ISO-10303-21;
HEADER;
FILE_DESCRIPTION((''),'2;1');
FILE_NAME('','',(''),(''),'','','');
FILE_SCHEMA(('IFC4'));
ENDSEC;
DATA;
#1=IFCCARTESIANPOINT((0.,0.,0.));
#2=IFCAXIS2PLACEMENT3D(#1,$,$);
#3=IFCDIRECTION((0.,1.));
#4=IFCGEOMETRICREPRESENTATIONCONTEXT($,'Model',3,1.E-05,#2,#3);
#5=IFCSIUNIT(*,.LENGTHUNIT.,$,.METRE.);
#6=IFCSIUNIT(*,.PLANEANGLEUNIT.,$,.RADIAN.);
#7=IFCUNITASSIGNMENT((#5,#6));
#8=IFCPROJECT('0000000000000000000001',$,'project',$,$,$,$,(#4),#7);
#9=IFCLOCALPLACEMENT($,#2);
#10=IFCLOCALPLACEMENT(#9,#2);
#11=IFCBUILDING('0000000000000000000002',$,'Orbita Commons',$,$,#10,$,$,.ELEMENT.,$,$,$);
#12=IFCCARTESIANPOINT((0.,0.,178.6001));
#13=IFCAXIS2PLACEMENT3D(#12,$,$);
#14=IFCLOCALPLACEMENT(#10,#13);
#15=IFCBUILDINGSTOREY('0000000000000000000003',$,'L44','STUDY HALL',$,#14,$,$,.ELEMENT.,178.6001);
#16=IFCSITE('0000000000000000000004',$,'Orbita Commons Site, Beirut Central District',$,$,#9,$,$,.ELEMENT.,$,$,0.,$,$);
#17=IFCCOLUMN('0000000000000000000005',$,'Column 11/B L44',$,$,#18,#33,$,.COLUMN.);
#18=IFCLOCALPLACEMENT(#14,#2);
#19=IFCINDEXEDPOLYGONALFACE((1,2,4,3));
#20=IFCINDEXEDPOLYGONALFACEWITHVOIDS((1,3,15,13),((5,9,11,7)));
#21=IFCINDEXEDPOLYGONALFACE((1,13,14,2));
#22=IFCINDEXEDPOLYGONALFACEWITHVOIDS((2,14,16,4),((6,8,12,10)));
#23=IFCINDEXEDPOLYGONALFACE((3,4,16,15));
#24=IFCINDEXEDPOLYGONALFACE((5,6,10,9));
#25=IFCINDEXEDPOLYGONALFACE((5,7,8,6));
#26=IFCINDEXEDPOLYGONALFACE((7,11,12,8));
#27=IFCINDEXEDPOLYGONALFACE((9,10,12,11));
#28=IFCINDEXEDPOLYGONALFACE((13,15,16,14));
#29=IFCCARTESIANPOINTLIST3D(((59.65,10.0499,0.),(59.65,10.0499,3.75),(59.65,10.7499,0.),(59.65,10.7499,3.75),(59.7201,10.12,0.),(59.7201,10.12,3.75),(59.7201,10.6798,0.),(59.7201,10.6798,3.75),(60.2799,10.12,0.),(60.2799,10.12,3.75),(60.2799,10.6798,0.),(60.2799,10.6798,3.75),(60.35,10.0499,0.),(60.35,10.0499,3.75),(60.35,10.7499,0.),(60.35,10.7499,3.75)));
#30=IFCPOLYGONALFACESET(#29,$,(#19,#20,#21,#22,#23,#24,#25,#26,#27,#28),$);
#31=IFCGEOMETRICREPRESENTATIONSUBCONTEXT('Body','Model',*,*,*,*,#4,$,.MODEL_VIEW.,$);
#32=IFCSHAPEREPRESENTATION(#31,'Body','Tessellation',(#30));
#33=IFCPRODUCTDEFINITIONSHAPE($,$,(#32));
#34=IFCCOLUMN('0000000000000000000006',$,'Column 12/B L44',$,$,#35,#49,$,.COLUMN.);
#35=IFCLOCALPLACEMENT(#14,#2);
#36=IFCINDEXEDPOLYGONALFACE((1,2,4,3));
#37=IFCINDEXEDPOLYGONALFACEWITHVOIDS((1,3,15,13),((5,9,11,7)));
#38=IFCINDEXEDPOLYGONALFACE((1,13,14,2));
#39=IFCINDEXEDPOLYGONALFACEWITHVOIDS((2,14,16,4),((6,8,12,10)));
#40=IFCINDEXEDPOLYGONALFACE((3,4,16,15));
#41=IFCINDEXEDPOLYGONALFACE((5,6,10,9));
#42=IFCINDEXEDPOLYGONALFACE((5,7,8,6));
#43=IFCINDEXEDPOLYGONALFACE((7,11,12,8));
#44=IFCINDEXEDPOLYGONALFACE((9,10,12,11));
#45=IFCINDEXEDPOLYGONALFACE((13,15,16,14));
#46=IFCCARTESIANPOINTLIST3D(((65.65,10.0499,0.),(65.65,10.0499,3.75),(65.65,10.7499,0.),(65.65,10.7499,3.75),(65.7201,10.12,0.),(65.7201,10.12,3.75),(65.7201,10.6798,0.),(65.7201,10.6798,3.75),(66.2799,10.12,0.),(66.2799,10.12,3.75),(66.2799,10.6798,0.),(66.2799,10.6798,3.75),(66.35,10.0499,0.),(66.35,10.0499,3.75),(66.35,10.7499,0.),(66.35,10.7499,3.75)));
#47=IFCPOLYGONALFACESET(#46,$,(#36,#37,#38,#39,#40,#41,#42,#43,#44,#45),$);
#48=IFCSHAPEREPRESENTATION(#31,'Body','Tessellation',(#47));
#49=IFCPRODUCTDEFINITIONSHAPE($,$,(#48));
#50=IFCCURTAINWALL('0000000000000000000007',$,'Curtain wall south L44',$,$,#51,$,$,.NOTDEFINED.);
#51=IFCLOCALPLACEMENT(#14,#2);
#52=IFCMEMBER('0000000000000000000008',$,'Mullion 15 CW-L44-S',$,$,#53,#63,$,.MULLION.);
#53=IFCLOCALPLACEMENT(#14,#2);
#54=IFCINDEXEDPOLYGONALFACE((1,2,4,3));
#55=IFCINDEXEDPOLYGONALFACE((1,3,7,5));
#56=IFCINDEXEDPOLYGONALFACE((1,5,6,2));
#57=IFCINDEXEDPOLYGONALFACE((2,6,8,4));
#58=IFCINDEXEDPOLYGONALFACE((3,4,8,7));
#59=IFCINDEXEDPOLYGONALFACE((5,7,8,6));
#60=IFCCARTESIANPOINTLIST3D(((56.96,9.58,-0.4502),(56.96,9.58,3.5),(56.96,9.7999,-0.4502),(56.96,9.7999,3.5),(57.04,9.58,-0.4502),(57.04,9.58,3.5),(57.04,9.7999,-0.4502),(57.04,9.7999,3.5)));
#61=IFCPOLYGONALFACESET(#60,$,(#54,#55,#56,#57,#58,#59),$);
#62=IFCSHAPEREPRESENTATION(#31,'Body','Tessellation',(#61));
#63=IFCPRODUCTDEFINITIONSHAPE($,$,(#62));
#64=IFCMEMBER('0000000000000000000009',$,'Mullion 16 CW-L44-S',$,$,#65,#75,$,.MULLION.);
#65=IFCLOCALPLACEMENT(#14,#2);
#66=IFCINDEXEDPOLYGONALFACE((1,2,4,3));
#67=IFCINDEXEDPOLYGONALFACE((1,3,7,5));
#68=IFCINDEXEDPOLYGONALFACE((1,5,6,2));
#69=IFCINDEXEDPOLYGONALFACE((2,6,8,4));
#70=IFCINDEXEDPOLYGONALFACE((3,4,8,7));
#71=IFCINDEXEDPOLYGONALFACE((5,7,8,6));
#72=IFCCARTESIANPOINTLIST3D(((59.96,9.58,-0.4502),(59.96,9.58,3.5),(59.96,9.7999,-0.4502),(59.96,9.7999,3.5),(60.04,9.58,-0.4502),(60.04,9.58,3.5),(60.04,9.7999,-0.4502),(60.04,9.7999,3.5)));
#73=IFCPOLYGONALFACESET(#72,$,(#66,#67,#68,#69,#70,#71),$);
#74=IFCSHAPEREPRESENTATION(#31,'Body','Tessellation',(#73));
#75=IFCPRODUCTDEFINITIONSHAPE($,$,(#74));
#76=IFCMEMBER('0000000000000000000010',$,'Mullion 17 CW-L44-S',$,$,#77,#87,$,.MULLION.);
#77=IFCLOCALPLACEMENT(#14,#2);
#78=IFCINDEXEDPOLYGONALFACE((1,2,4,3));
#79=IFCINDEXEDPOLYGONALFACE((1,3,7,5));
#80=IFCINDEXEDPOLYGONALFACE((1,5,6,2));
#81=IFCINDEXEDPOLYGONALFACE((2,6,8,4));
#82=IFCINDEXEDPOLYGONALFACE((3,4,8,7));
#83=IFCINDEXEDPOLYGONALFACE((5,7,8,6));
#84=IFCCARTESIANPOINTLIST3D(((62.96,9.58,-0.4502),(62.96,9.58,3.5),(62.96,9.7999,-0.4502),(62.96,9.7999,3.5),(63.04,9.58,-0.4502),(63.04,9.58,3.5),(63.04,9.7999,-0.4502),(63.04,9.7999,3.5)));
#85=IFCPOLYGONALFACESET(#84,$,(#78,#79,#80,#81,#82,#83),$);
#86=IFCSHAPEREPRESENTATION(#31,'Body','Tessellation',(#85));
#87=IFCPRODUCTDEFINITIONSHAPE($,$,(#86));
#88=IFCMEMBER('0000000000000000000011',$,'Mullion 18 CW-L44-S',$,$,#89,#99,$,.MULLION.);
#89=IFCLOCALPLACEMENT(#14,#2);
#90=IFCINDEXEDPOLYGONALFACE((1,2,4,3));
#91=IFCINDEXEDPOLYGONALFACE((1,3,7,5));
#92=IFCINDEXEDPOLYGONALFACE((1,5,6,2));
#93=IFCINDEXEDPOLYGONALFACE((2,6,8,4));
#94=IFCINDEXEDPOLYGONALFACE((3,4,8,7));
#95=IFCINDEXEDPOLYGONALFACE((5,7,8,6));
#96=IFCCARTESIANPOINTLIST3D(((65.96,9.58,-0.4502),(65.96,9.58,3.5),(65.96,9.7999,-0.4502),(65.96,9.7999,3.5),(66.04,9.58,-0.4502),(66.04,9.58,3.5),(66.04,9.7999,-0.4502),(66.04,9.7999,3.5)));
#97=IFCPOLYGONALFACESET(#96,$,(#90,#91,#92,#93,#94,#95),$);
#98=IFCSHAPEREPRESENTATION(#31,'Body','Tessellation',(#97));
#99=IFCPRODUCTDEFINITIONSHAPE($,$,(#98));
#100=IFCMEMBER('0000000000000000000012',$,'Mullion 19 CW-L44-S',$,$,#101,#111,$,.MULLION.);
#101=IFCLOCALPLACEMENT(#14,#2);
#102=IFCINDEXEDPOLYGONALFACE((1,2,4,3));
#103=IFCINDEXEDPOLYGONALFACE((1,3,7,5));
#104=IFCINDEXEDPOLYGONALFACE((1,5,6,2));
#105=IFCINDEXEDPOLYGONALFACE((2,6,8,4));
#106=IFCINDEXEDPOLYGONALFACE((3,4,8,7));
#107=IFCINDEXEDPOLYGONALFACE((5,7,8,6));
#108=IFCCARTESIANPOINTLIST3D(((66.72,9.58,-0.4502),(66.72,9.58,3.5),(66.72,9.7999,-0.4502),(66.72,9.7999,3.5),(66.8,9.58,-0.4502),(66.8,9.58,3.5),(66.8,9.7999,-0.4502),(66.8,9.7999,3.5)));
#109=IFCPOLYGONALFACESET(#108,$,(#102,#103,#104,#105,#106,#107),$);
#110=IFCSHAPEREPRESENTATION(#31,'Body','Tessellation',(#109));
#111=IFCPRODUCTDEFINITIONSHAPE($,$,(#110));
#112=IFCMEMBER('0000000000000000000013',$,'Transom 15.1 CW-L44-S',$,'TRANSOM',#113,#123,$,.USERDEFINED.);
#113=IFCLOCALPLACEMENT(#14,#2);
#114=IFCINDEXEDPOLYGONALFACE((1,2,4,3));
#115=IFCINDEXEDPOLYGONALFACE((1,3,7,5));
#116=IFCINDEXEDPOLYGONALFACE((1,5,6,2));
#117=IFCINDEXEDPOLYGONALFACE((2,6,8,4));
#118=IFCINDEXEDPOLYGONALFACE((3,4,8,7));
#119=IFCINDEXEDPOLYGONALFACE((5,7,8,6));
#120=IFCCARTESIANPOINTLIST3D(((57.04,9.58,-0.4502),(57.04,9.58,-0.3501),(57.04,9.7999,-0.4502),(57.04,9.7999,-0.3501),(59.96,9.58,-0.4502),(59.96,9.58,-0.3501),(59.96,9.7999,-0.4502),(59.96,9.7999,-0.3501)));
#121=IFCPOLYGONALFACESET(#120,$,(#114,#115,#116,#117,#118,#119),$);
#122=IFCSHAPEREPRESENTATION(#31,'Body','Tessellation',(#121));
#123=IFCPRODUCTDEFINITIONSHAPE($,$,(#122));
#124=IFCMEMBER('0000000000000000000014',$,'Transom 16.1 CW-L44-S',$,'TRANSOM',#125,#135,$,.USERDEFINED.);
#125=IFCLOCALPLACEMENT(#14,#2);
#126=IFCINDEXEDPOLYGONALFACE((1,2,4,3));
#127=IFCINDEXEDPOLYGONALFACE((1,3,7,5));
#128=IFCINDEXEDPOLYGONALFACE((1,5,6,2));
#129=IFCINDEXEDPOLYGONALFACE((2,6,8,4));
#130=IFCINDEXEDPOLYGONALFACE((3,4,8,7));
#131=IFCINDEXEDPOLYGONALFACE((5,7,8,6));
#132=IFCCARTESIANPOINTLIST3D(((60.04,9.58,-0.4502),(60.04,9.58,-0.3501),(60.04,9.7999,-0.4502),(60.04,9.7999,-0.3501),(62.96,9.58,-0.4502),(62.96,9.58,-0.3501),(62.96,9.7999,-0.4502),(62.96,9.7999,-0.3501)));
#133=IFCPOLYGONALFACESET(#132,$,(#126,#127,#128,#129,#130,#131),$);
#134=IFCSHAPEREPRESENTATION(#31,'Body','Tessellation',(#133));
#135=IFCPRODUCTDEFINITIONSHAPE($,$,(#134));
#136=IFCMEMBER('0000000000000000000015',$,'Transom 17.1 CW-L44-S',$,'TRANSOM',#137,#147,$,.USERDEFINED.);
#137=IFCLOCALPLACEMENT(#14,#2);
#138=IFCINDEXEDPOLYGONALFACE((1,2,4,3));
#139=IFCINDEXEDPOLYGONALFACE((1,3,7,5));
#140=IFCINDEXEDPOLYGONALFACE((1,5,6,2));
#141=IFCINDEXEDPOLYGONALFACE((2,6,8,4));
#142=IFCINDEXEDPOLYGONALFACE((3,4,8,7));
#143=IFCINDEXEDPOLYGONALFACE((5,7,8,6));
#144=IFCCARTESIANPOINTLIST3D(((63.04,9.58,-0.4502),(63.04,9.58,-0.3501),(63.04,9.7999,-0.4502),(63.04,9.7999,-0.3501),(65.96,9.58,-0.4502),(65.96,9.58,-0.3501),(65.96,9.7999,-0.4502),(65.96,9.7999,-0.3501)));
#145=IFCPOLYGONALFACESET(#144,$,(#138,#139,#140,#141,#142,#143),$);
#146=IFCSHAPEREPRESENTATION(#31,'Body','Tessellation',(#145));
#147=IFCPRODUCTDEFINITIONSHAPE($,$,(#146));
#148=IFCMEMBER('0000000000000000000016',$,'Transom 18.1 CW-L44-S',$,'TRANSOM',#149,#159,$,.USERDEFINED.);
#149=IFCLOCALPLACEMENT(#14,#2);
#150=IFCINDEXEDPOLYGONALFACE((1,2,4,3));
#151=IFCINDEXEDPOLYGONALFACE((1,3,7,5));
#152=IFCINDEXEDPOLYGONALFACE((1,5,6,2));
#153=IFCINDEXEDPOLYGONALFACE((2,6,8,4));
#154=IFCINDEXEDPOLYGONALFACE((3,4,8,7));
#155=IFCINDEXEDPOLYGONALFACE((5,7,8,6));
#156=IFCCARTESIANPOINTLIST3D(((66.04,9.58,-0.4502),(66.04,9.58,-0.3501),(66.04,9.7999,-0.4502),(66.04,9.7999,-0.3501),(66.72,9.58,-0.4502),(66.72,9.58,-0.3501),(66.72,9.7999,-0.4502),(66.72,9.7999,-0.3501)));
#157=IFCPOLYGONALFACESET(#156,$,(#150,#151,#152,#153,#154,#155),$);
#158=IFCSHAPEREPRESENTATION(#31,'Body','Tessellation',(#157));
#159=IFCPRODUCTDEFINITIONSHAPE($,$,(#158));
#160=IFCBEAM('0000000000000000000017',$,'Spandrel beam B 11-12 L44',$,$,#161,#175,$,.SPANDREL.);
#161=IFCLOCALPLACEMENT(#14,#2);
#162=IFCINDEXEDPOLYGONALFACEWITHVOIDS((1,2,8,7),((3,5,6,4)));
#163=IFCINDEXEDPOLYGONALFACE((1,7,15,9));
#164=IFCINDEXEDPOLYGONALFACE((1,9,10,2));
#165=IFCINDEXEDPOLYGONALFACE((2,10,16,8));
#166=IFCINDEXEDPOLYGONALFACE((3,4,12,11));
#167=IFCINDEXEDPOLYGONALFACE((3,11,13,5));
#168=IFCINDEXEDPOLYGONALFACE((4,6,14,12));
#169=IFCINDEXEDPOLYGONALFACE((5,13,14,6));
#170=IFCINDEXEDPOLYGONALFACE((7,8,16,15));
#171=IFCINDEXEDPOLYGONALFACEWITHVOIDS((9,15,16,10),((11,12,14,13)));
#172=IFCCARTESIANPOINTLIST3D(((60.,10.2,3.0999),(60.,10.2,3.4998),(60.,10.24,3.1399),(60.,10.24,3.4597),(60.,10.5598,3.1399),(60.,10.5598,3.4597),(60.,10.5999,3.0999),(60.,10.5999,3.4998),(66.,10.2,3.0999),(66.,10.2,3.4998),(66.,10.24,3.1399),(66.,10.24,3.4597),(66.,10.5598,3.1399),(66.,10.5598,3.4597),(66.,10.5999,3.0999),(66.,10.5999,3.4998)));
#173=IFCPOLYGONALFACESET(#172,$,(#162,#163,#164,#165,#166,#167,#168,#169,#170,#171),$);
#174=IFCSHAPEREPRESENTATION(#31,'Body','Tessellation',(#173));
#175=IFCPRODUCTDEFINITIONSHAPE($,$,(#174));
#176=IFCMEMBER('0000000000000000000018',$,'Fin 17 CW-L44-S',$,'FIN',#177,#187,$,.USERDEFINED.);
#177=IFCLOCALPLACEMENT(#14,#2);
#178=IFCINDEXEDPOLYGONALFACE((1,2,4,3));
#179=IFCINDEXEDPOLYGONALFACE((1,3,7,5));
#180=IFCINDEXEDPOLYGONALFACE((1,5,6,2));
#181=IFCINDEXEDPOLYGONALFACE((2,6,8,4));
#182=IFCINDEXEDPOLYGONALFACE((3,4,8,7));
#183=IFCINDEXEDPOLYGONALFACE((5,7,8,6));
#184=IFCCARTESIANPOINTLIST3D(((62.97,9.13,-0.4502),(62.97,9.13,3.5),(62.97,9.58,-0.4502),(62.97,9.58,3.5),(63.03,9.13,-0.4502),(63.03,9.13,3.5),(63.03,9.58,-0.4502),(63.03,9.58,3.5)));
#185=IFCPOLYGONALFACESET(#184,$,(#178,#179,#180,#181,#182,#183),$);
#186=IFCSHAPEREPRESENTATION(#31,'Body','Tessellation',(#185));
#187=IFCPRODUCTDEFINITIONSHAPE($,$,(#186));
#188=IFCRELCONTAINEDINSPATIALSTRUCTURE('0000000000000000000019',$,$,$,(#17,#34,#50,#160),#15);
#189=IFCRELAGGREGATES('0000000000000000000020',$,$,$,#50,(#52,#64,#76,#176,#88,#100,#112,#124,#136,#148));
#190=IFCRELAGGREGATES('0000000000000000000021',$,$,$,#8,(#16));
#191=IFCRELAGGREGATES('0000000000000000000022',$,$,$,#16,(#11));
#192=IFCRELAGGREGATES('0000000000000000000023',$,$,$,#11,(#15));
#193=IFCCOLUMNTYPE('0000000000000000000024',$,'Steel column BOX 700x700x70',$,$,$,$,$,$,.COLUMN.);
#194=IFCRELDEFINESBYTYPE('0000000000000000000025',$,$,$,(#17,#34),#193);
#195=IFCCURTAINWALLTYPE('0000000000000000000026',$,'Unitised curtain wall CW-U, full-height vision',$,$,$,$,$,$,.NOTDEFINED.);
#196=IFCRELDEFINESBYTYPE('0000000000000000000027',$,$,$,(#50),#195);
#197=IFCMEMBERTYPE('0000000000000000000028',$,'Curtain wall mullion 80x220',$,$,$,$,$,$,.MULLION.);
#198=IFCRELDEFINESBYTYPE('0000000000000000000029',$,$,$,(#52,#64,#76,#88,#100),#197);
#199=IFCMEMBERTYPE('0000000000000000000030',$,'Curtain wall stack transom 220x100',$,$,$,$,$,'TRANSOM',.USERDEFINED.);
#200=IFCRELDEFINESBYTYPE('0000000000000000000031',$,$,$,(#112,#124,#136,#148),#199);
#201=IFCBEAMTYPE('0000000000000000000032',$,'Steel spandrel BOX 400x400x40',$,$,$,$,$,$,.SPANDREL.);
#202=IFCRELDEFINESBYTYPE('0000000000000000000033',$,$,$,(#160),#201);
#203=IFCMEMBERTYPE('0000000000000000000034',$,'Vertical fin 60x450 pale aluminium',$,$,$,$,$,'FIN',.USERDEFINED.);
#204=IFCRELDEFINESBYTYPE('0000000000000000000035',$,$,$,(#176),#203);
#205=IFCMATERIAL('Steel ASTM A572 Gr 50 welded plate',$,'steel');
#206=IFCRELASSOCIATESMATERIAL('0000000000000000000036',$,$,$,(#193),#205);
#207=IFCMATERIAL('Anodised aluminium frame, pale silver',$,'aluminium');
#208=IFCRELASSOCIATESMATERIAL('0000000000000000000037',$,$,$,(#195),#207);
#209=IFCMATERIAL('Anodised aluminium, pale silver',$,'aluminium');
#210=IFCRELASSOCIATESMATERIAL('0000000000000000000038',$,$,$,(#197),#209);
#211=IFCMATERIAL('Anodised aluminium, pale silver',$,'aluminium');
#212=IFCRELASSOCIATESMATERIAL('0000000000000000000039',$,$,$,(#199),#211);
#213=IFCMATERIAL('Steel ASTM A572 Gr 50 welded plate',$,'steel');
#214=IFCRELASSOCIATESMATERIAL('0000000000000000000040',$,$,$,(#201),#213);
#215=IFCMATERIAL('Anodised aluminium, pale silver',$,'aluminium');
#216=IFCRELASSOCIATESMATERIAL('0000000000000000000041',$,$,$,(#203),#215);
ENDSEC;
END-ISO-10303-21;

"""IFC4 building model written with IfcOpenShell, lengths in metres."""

from ifc_helpers import new_model, si_unit, direction, frame, origin, origin_2d, place, context, subcontext, project, spatial, rectangle, hollow_rectangle, extrude, material, material_profile, profile_set, type_object, element, aggregate, save


model = new_model("IFC4")

# Units and contexts
model_context = context("Model", 3, precision=1e-05, world=origin(), true_north=direction((0.0, 1.0)))
body_context = subcontext(model_context, "Body", "Model", "MODEL_VIEW")
ifc_project = project(units=[si_unit("LENGTHUNIT", "METRE"), si_unit("PLANEANGLEUNIT", "RADIAN")], contexts=[model_context])

# Site, building, storey
site_placement = place(None, origin())
site = spatial("IfcSite", under=ifc_project, at=site_placement, Name="Orbita Commons Site, Beirut Central District", CompositionType="ELEMENT", RefElevation=0.0)
building_placement = place(site_placement, origin())
building = spatial("IfcBuilding", under=site, at=building_placement, Name="Orbita Commons", CompositionType="ELEMENT")
storey_placement = place(building_placement, frame((0.0, 0.0, 178.6001)))
storey = spatial("IfcBuildingStorey", under=building, at=storey_placement, Name="L44", Description="STUDY HALL", CompositionType="ELEMENT", Elevation=178.6001)

# Columns
ifc_material_1 = material(Name="Steel ASTM A572 Gr 50 welded plate", Category="steel")
ifc_material_profile_1 = material_profile(ifc_material_1, hollow_rectangle(XDim=0.7, YDim=0.7, WallThickness=0.0701, at=origin_2d()), Name="BOX 700x700x70")
ifc_profile_set_1 = profile_set([ifc_material_profile_1], Name="Steel ASTM A572 Gr 50 welded plate")
column_type = type_object("IfcColumnType", Name="Steel column BOX 700x700x70", PredefinedType="COLUMN", material=ifc_profile_set_1)
for number, where, z_axis, x_axis, name in (
    (1, (60.0, 10.3999, 0.0), (0.0, 0.0, 1.0), (1.0, 0.0, 0.0), "Column 11/B L44"),
    (2, (66.0, 10.3999, 0.0), (0.0, 0.0, 1.0), (1.0, 0.0, 0.0), "Column 12/B L44"),
):
    element("IfcColumn", number, at=place(storey_placement, frame(where, z_axis=z_axis, x_axis=x_axis)), inside=storey, type_object=column_type, Name=name, PredefinedType="COLUMN", context=body_context, shape_type="SweptSolid", body=[
        extrude(hollow_rectangle(XDim=0.7, YDim=0.7, WallThickness=0.0701, at=origin_2d()), origin(), (0.0, 0.0, 1.0), 3.75),
    ])

# Curtain wall, members
ifc_material_2 = material(Name="Anodised aluminium frame, pale silver", Category="aluminium")
curtain_wall_type = type_object("IfcCurtainWallType", Name="Unitised curtain wall CW-U, full-height vision", PredefinedType="NOTDEFINED", material=ifc_material_2)
curtain_wall_placement = place(storey_placement, origin())
curtain_wall = element("IfcCurtainWall", 3, at=curtain_wall_placement, inside=storey, type_object=curtain_wall_type, Name="Curtain wall south L44", PredefinedType="NOTDEFINED")
ifc_material_3 = material(Name="Anodised aluminium, pale silver", Category="aluminium")
ifc_material_profile_2 = material_profile(ifc_material_3, rectangle(XDim=0.0801, YDim=0.22, at=origin_2d()), Name="AL 80x220")
ifc_profile_set_2 = profile_set([ifc_material_profile_2], Name="Anodised aluminium, pale silver")
member_type_1 = type_object("IfcMemberType", Name="Curtain wall mullion 80x220", PredefinedType="MULLION", material=ifc_profile_set_2)
member_1_placement = place(storey_placement, frame((57.0, 9.6899, -0.4502), z_axis=(0.0, 0.0, 1.0), x_axis=(1.0, 0.0, 0.0)))
member_1 = element("IfcMember", 4, at=member_1_placement, type_object=member_type_1, Name="Mullion 15 CW-L44-S", PredefinedType="MULLION", context=body_context, shape_type="SweptSolid", body=[
    extrude(rectangle(XDim=0.0801, YDim=0.22, at=origin_2d()), origin(), (0.0, 0.0, 1.0), 3.9502),
])
member_2_placement = place(storey_placement, frame((60.0, 9.6899, -0.4502), z_axis=(0.0, 0.0, 1.0), x_axis=(1.0, 0.0, 0.0)))
member_2 = element("IfcMember", 5, at=member_2_placement, type_object=member_type_1, Name="Mullion 16 CW-L44-S", PredefinedType="MULLION", context=body_context, shape_type="SweptSolid", body=[
    extrude(rectangle(XDim=0.0801, YDim=0.22, at=origin_2d()), origin(), (0.0, 0.0, 1.0), 3.9502),
])
member_3_placement = place(storey_placement, frame((63.0, 9.6899, -0.4502), z_axis=(0.0, 0.0, 1.0), x_axis=(1.0, 0.0, 0.0)))
member_3 = element("IfcMember", 6, at=member_3_placement, type_object=member_type_1, Name="Mullion 17 CW-L44-S", PredefinedType="MULLION", context=body_context, shape_type="SweptSolid", body=[
    extrude(rectangle(XDim=0.0801, YDim=0.22, at=origin_2d()), origin(), (0.0, 0.0, 1.0), 3.9502),
])
member_4_placement = place(storey_placement, frame((66.0, 9.6899, -0.4502), z_axis=(0.0, 0.0, 1.0), x_axis=(1.0, 0.0, 0.0)))
member_4 = element("IfcMember", 7, at=member_4_placement, type_object=member_type_1, Name="Mullion 18 CW-L44-S", PredefinedType="MULLION", context=body_context, shape_type="SweptSolid", body=[
    extrude(rectangle(XDim=0.0801, YDim=0.22, at=origin_2d()), origin(), (0.0, 0.0, 1.0), 3.9502),
])
member_5_placement = place(storey_placement, frame((66.76, 9.6899, -0.4502), z_axis=(0.0, 0.0, 1.0), x_axis=(1.0, 0.0, 0.0)))
member_5 = element("IfcMember", 8, at=member_5_placement, type_object=member_type_1, Name="Mullion 19 CW-L44-S", PredefinedType="MULLION", context=body_context, shape_type="SweptSolid", body=[
    extrude(rectangle(XDim=0.0801, YDim=0.22, at=origin_2d()), origin(), (0.0, 0.0, 1.0), 3.9502),
])
ifc_material_4 = material(Name="Anodised aluminium, pale silver", Category="aluminium")
ifc_material_profile_3 = material_profile(ifc_material_4, rectangle(XDim=0.22, YDim=0.1001, at=origin_2d()), Name="AL 220x100")
ifc_profile_set_3 = profile_set([ifc_material_profile_3], Name="Anodised aluminium, pale silver")
member_type_2 = type_object("IfcMemberType", Name="Curtain wall stack transom 220x100", ElementType="TRANSOM", PredefinedType="USERDEFINED", material=ifc_profile_set_3)
member_6_placement = place(storey_placement, frame((57.04, 9.6899, -0.4001), z_axis=(1.0, 0.0, 0.0), x_axis=(0.0, 1.0, 0.0)))
member_6 = element("IfcMember", 9, at=member_6_placement, type_object=member_type_2, Name="Transom 15.1 CW-L44-S", ObjectType="TRANSOM", PredefinedType="USERDEFINED", context=body_context, shape_type="SweptSolid", body=[
    extrude(rectangle(XDim=0.22, YDim=0.1001, at=origin_2d()), origin(), (0.0, 0.0, 1.0), 2.9199),
])
member_7_placement = place(storey_placement, frame((60.04, 9.6899, -0.4001), z_axis=(1.0, 0.0, 0.0), x_axis=(0.0, 1.0, 0.0)))
member_7 = element("IfcMember", 10, at=member_7_placement, type_object=member_type_2, Name="Transom 16.1 CW-L44-S", ObjectType="TRANSOM", PredefinedType="USERDEFINED", context=body_context, shape_type="SweptSolid", body=[
    extrude(rectangle(XDim=0.22, YDim=0.1001, at=origin_2d()), origin(), (0.0, 0.0, 1.0), 2.9199),
])
member_8_placement = place(storey_placement, frame((63.04, 9.6899, -0.4001), z_axis=(1.0, 0.0, 0.0), x_axis=(0.0, 1.0, 0.0)))
member_8 = element("IfcMember", 11, at=member_8_placement, type_object=member_type_2, Name="Transom 17.1 CW-L44-S", ObjectType="TRANSOM", PredefinedType="USERDEFINED", context=body_context, shape_type="SweptSolid", body=[
    extrude(rectangle(XDim=0.22, YDim=0.1001, at=origin_2d()), origin(), (0.0, 0.0, 1.0), 2.9199),
])
member_9_placement = place(storey_placement, frame((66.04, 9.6899, -0.4001), z_axis=(1.0, 0.0, 0.0), x_axis=(0.0, 1.0, 0.0)))
member_9 = element("IfcMember", 12, at=member_9_placement, type_object=member_type_2, Name="Transom 18.1 CW-L44-S", ObjectType="TRANSOM", PredefinedType="USERDEFINED", context=body_context, shape_type="SweptSolid", body=[
    extrude(rectangle(XDim=0.22, YDim=0.1001, at=origin_2d()), origin(), (0.0, 0.0, 1.0), 0.6799),
])

# Beam
ifc_material_5 = material(Name="Steel ASTM A572 Gr 50 welded plate", Category="steel")
ifc_material_profile_4 = material_profile(ifc_material_5, hollow_rectangle(XDim=0.3999, YDim=0.3999, WallThickness=0.04, at=origin_2d()), Name="BOX 400x400x40")
ifc_profile_set_4 = profile_set([ifc_material_profile_4], Name="Steel ASTM A572 Gr 50 welded plate")
beam_type = type_object("IfcBeamType", Name="Steel spandrel BOX 400x400x40", PredefinedType="SPANDREL", material=ifc_profile_set_4)
beam_placement = place(storey_placement, frame((60.0, 10.3999, 3.2998), z_axis=(1.0, 0.0, 0.0), x_axis=(0.0, 1.0, 0.0)))
element("IfcBeam", 13, at=beam_placement, inside=storey, type_object=beam_type, Name="Spandrel beam B 11-12 L44", PredefinedType="SPANDREL", context=body_context, shape_type="SweptSolid", body=[
    extrude(hollow_rectangle(XDim=0.3999, YDim=0.3999, WallThickness=0.04, at=origin_2d()), origin(), (0.0, 0.0, 1.0), 6.0),
])

# Member
ifc_material_6 = material(Name="Anodised aluminium, pale silver", Category="aluminium")
ifc_material_profile_5 = material_profile(ifc_material_6, rectangle(XDim=0.0601, YDim=0.45, at=origin_2d()), Name="FIN 60x450")
ifc_profile_set_5 = profile_set([ifc_material_profile_5], Name="Anodised aluminium, pale silver")
member_type_3 = type_object("IfcMemberType", Name="Vertical fin 60x450 pale aluminium", ElementType="FIN", PredefinedType="USERDEFINED", material=ifc_profile_set_5)
member_10_placement = place(storey_placement, frame((63.0, 9.355, -0.4502), z_axis=(0.0, 0.0, 1.0), x_axis=(1.0, 0.0, 0.0)))
member_10 = element("IfcMember", 14, at=member_10_placement, type_object=member_type_3, Name="Fin 17 CW-L44-S", ObjectType="FIN", PredefinedType="USERDEFINED", context=body_context, shape_type="SweptSolid", body=[
    extrude(rectangle(XDim=0.0601, YDim=0.45, at=origin_2d()), origin(), (0.0, 0.0, 1.0), 3.9502),
])

aggregate(curtain_wall, [member_1, member_2, member_3, member_10, member_4, member_5, member_6, member_7, member_8, member_9])

save(model, "model.ifc")
